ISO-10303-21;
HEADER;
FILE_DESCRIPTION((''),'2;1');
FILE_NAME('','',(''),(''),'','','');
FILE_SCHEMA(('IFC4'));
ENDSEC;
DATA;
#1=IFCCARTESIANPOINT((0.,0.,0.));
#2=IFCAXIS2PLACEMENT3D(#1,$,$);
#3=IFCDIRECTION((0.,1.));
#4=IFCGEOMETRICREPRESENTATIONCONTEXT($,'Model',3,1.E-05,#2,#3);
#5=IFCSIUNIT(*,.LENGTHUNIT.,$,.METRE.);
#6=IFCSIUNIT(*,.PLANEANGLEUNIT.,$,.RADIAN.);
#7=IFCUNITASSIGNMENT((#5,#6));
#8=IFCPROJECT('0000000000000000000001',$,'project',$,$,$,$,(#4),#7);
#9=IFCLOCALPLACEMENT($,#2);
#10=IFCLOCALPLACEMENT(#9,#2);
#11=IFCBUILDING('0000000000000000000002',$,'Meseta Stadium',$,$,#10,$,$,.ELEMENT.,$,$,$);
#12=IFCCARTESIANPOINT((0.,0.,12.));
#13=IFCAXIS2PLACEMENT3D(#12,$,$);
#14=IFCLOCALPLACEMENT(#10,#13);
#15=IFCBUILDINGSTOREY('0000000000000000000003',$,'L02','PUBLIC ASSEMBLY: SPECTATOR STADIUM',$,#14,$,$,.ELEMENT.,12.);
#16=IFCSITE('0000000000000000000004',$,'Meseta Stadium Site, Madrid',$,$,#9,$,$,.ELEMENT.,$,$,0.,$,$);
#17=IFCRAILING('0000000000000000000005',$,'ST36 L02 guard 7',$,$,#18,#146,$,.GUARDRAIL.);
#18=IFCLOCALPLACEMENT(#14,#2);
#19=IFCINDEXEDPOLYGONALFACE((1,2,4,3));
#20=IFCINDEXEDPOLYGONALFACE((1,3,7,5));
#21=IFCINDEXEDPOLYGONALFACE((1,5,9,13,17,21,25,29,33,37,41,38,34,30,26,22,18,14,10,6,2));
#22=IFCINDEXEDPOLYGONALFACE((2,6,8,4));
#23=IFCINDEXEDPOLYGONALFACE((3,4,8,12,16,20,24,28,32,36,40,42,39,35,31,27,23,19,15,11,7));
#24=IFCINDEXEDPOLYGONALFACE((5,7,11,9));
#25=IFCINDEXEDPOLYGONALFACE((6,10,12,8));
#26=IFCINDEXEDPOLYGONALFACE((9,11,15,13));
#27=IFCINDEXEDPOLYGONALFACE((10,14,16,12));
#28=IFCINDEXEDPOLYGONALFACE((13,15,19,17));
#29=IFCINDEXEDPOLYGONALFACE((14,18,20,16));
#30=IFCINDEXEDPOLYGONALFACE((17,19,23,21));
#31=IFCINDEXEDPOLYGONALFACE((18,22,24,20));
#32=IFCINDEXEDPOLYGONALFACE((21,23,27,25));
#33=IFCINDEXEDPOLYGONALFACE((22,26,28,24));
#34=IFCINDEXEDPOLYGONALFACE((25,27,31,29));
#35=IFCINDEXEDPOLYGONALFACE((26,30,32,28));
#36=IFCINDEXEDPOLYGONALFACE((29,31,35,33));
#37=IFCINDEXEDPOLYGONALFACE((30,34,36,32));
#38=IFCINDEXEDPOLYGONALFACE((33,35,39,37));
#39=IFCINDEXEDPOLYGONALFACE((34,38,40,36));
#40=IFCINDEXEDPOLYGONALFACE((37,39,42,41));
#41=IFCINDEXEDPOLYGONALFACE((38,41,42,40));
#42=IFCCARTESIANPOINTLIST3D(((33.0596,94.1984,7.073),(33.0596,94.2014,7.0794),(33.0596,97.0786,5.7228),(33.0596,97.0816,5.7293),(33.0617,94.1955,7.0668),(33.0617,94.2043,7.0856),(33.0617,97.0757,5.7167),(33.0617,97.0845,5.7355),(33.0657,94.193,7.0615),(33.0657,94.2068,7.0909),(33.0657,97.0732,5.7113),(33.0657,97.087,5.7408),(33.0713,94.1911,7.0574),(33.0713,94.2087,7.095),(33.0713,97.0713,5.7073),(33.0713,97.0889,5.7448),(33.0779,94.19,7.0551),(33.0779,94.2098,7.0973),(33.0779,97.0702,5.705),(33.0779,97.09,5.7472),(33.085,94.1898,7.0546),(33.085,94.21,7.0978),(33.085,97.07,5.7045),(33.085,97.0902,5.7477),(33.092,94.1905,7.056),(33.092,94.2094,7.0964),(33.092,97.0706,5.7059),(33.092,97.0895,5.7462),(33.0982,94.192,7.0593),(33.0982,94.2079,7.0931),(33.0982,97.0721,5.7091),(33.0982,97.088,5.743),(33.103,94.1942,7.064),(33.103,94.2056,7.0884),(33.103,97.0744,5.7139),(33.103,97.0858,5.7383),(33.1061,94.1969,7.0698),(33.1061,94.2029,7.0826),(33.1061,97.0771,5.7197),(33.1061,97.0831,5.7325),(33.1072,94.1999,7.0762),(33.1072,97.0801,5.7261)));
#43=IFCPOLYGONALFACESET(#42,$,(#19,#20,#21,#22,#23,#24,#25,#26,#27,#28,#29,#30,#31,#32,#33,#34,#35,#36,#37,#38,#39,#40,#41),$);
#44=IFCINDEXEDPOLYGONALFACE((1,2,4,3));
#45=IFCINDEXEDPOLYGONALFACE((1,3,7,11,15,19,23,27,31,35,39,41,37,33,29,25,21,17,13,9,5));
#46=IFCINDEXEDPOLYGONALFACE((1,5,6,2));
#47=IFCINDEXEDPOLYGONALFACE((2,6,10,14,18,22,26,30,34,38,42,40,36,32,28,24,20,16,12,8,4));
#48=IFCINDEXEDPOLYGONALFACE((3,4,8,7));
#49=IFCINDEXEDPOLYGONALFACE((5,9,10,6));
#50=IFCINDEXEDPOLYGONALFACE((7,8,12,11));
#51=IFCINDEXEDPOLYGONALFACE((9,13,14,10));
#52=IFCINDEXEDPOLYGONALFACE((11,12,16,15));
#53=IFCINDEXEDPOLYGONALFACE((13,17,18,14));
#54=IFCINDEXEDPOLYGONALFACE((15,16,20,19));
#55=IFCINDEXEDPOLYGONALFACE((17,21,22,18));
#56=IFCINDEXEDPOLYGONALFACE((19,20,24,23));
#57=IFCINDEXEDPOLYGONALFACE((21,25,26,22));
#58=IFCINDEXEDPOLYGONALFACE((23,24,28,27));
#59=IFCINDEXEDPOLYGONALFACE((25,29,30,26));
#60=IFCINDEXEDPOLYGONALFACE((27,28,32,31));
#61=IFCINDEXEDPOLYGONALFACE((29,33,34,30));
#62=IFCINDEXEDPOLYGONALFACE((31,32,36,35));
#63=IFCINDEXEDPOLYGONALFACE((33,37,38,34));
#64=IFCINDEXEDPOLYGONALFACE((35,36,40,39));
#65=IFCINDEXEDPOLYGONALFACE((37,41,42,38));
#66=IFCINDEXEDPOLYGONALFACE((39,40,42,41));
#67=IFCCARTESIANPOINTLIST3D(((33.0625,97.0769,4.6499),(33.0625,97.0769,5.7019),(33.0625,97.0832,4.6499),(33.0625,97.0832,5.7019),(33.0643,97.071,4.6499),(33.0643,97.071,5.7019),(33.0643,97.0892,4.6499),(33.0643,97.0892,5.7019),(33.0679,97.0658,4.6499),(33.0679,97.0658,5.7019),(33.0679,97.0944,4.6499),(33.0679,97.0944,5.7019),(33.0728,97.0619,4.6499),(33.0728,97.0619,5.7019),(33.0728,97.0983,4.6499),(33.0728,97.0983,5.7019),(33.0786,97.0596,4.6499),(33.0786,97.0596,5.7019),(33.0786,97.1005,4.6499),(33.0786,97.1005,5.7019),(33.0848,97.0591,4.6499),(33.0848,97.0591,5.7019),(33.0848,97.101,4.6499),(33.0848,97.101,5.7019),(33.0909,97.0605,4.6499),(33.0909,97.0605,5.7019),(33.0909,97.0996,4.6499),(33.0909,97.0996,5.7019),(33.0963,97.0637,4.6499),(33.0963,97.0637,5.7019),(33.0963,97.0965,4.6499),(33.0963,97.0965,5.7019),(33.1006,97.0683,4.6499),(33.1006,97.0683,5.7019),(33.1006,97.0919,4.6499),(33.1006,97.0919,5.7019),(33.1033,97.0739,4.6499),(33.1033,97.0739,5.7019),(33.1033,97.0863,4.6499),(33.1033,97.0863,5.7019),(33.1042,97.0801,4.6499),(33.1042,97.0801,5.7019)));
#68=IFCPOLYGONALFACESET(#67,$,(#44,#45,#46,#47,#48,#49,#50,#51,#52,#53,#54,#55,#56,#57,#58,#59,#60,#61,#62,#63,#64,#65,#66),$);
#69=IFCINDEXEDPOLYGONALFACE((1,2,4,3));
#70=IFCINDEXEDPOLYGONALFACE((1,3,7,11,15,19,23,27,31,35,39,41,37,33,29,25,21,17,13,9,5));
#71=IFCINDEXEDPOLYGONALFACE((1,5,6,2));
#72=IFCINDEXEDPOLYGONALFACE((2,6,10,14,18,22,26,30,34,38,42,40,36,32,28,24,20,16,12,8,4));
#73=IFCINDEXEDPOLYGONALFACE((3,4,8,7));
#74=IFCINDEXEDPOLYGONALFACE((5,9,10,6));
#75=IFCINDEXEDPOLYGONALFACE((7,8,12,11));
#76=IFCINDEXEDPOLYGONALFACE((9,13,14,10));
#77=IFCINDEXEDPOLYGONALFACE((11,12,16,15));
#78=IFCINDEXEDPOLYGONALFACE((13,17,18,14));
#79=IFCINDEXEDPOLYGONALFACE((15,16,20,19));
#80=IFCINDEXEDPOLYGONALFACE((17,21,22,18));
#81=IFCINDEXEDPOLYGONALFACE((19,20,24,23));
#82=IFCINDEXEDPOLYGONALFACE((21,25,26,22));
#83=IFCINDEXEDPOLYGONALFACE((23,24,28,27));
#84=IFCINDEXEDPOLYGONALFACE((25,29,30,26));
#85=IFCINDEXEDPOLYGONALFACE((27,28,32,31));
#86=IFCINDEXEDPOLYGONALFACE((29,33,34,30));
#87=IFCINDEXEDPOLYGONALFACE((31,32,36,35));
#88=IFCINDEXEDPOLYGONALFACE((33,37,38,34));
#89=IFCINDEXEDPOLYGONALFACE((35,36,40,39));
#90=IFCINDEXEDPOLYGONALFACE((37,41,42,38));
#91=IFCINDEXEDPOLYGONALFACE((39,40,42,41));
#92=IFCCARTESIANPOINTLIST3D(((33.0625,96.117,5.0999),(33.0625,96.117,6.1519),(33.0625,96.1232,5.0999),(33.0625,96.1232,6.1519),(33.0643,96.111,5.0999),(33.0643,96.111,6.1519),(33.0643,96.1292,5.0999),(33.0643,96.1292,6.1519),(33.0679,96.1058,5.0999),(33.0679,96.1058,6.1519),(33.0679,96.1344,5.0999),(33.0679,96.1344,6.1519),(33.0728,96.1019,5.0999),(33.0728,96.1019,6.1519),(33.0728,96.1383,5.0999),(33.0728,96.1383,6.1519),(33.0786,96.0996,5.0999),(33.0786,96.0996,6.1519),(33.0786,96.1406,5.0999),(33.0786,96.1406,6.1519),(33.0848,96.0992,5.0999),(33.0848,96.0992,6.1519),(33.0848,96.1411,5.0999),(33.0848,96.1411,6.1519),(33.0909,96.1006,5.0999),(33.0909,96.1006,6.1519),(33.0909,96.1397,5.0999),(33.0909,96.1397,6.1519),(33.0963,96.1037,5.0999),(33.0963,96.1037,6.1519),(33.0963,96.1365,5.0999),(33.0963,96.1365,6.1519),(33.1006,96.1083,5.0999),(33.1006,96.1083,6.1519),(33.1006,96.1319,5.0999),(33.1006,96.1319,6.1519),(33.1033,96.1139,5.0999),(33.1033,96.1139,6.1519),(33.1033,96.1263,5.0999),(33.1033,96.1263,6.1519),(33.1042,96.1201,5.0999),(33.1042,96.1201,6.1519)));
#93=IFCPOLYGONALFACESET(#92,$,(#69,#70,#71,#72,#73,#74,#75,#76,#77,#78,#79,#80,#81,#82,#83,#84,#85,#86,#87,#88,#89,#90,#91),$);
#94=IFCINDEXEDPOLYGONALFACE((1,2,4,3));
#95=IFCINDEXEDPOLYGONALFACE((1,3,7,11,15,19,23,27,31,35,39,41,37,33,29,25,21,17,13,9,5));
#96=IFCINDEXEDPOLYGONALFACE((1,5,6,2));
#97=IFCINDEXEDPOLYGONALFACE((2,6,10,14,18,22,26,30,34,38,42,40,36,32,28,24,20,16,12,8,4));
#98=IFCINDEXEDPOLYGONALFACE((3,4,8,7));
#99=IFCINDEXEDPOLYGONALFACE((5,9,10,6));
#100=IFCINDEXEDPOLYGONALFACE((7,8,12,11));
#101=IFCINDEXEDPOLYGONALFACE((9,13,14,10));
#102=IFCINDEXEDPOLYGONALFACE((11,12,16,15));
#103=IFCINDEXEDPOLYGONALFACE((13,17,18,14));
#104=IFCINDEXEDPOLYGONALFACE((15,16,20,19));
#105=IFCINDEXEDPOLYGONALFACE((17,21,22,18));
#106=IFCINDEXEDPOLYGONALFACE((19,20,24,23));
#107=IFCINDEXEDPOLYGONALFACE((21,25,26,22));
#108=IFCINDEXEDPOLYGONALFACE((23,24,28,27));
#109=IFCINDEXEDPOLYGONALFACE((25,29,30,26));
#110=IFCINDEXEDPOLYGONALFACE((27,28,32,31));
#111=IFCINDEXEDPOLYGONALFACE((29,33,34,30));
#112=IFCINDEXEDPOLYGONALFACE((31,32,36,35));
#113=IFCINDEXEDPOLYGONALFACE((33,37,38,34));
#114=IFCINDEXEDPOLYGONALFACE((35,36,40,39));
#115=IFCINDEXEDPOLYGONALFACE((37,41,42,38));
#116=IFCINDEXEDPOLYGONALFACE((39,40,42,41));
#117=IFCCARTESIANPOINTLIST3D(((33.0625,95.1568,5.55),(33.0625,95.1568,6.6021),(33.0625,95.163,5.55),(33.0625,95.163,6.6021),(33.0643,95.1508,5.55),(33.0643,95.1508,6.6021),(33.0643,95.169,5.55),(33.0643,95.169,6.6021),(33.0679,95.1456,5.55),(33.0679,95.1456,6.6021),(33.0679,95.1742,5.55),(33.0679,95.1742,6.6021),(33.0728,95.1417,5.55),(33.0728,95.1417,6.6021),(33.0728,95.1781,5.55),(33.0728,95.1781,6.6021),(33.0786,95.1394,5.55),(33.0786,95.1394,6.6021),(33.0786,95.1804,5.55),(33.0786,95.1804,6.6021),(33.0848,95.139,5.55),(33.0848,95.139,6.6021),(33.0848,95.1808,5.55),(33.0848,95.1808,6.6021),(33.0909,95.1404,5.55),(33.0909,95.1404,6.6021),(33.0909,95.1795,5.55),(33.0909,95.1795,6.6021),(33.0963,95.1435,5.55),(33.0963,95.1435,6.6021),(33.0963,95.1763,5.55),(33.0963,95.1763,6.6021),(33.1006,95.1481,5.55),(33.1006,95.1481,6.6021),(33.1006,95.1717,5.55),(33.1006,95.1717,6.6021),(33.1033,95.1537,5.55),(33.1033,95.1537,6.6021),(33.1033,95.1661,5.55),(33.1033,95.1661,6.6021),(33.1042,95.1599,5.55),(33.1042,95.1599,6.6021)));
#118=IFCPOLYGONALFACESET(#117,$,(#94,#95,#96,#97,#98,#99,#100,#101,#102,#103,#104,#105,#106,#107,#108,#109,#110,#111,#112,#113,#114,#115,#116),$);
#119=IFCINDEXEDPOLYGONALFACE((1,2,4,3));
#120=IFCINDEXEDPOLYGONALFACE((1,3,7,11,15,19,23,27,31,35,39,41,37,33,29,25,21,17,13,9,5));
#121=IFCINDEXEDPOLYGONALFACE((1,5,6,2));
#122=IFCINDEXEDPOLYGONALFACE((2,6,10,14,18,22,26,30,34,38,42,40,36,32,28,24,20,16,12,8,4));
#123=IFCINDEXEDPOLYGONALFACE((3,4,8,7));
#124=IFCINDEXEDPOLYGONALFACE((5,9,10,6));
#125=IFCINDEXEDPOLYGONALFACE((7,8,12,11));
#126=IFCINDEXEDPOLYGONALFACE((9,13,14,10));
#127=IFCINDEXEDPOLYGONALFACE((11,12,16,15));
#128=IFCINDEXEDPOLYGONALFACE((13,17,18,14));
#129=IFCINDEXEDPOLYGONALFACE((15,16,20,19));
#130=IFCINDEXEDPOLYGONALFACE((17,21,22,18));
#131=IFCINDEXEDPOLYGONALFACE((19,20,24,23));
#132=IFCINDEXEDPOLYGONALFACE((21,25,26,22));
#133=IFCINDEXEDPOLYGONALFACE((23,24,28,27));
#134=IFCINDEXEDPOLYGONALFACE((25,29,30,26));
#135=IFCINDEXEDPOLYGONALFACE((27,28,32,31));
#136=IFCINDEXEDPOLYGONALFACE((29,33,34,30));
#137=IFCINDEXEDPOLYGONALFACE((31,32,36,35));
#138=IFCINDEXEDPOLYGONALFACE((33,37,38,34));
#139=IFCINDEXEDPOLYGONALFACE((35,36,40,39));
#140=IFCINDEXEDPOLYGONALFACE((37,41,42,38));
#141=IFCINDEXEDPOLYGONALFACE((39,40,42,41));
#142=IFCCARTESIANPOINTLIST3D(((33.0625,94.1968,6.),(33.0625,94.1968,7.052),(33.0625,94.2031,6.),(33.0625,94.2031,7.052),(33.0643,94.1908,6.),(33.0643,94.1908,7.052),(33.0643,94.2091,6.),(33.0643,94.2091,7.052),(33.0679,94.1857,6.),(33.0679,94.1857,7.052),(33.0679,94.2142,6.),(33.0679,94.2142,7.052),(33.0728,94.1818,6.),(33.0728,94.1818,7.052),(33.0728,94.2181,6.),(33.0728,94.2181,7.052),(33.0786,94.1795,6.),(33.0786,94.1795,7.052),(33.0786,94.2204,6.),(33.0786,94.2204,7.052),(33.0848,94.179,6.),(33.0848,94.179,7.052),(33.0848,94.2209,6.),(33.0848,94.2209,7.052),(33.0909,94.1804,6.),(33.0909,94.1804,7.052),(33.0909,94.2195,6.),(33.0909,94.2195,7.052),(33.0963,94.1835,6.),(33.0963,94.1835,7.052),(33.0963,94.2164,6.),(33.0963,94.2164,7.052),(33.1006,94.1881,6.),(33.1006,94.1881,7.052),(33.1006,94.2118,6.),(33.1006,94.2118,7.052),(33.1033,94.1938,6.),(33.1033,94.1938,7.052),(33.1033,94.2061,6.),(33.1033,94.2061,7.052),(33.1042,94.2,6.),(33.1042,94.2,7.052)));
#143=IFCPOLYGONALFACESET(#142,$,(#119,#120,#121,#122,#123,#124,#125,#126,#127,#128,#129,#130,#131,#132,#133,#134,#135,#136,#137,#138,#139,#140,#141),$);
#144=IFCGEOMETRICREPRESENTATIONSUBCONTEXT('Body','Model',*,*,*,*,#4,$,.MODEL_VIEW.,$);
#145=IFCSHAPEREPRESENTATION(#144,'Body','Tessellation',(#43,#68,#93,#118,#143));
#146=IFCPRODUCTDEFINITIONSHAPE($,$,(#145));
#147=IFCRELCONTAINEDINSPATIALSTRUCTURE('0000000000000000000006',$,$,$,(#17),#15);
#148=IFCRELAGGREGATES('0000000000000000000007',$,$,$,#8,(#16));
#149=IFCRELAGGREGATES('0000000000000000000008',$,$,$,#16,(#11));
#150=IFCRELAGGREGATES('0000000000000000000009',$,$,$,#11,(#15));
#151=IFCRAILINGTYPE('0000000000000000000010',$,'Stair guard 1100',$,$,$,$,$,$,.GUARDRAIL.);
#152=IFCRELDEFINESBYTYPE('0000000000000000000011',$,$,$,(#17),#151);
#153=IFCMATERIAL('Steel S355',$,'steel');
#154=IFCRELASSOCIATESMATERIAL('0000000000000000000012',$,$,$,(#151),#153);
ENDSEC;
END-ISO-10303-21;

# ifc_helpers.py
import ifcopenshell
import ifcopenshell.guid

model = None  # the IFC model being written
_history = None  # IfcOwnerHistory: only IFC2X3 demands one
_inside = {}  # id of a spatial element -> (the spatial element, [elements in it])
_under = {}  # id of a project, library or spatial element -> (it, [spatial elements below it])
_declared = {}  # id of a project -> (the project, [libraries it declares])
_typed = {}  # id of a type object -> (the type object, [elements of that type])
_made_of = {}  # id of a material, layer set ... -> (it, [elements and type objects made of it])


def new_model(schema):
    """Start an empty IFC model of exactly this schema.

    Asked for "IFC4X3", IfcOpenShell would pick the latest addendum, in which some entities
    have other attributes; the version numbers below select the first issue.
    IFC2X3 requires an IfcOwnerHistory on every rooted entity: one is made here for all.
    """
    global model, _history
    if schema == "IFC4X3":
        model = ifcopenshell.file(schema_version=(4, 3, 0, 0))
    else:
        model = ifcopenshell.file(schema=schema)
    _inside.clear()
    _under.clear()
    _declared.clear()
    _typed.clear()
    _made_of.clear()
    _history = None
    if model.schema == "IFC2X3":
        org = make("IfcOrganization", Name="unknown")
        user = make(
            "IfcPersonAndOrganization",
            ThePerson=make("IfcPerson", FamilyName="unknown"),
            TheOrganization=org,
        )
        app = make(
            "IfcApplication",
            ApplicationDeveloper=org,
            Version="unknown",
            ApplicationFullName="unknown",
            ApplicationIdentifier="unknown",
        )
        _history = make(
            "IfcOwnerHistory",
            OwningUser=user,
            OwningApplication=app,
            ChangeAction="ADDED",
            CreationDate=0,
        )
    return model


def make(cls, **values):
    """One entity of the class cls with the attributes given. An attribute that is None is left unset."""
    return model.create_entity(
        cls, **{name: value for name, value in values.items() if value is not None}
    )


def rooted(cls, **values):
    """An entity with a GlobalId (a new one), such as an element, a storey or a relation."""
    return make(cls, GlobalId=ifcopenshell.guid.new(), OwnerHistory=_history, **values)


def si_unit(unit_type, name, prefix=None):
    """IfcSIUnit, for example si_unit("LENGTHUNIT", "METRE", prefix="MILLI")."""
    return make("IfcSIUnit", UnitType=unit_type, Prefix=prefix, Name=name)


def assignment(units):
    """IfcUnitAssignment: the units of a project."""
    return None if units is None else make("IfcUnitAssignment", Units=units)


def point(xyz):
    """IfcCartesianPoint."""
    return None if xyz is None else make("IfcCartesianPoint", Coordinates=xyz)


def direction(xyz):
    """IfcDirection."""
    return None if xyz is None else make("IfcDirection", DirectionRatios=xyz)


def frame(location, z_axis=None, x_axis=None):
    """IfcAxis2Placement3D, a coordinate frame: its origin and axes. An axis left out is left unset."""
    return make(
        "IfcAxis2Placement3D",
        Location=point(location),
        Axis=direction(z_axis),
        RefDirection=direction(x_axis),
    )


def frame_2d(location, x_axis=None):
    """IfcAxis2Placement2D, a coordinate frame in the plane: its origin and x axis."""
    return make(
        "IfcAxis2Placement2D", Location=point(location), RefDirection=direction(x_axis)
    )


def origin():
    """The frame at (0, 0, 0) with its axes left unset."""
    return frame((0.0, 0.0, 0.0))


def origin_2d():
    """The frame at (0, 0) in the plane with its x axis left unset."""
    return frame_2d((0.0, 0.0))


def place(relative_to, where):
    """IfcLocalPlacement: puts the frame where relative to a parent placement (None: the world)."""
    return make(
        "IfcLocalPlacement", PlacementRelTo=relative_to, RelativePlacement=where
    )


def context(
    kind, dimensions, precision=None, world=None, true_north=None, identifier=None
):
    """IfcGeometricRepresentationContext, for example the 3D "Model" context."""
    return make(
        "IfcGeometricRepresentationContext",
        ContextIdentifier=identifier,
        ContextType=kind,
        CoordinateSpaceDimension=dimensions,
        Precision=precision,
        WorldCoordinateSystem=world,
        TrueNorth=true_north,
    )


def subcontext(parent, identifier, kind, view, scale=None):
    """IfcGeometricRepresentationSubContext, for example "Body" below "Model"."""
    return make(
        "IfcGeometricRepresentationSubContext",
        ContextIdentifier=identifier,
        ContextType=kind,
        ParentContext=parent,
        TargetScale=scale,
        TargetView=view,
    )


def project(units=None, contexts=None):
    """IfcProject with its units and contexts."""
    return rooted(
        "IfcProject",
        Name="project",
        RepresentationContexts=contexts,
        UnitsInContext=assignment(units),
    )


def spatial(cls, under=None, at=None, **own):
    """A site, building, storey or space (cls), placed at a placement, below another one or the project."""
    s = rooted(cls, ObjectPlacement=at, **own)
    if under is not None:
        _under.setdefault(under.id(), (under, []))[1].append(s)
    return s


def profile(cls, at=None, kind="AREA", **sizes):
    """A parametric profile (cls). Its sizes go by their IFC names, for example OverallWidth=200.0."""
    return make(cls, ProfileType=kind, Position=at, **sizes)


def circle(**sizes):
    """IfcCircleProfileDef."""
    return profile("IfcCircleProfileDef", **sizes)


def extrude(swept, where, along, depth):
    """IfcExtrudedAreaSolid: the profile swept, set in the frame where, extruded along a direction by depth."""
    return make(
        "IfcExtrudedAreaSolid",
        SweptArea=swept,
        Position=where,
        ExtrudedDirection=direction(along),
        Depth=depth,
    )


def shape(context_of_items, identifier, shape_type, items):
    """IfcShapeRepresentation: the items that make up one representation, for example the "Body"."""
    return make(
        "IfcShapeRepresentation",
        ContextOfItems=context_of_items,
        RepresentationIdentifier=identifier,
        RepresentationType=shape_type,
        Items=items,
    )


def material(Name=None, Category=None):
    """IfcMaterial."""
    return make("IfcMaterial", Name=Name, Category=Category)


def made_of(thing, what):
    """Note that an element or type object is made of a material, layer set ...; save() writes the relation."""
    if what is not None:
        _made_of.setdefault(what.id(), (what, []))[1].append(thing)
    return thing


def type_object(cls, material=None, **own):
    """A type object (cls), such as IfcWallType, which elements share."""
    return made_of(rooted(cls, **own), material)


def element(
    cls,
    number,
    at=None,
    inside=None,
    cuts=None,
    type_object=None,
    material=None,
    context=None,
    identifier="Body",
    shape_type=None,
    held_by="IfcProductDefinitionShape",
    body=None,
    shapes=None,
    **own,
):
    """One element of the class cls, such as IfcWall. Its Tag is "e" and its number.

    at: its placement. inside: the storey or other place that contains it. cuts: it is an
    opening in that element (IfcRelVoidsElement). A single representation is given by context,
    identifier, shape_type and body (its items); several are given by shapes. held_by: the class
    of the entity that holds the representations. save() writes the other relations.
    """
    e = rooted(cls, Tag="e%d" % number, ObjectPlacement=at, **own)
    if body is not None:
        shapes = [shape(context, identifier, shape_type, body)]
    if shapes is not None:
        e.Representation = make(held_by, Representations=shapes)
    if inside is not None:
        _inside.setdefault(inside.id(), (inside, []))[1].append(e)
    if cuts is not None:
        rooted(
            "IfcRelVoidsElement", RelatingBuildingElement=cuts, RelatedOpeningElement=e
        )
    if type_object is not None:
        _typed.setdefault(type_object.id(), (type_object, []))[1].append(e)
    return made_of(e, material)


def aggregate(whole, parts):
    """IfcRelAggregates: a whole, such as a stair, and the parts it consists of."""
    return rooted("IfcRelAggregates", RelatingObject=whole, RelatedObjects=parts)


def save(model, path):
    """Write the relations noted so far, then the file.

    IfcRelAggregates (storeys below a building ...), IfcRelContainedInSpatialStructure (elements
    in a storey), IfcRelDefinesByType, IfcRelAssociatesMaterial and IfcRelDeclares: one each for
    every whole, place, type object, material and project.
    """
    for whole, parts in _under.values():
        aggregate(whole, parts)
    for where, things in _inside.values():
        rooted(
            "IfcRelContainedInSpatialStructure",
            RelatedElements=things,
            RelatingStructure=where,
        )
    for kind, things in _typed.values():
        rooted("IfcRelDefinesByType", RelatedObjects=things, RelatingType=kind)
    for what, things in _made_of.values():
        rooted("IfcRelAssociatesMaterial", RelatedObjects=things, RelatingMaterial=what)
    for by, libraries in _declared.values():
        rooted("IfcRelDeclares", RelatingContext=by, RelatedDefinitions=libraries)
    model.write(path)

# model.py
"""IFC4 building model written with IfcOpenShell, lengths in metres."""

from ifc_helpers import new_model, si_unit, direction, frame, origin, origin_2d, place, context, subcontext, project, spatial, circle, extrude, material, type_object, element, save


model = new_model("IFC4")

# Units and contexts
model_context = context("Model", 3, precision=1e-05, world=origin(), true_north=direction((0.0, 1.0)))
body_context = subcontext(model_context, "Body", "Model", "MODEL_VIEW")
ifc_project = project(units=[si_unit("LENGTHUNIT", "METRE"), si_unit("PLANEANGLEUNIT", "RADIAN")], contexts=[model_context])

# Site, building, storey
site_placement = place(None, origin())
site = spatial("IfcSite", under=ifc_project, at=site_placement, Name="Meseta Stadium Site, Madrid", CompositionType="ELEMENT", RefElevation=0.0)
building_placement = place(site_placement, origin())
building = spatial("IfcBuilding", under=site, at=building_placement, Name="Meseta Stadium", CompositionType="ELEMENT")
storey_placement = place(building_placement, frame((0.0, 0.0, 12.0)))
storey = spatial("IfcBuildingStorey", under=building, at=storey_placement, Name="L02", Description="PUBLIC ASSEMBLY: SPECTATOR STADIUM", CompositionType="ELEMENT", Elevation=12.0)

# Railing
ifc_material_1 = material(Name="Steel S355", Category="steel")
railing_type_1 = type_object("IfcRailingType", Name="Stair guard 1100", PredefinedType="GUARDRAIL", material=ifc_material_1)
railing_1_placement = place(storey_placement, frame((33.0833, 97.0801, 4.6499)))
element("IfcRailing", 1, at=railing_1_placement, inside=storey, type_object=railing_type_1, Name="ST36 L02 guard 7", PredefinedType="GUARDRAIL", context=body_context, shape_type="SweptSolid", body=[
    extrude(circle(Radius=0.0239, at=origin_2d()), frame((0.0, 0.0, 1.0762), z_axis=(0.0, -0.905454, 0.424444), x_axis=(1.0, 0.0, 0.0)), (0.0, 0.0, 1.0), 3.1809),
    extrude(circle(Radius=0.021, at=origin_2d()), origin(), (0.0, 0.0, 1.0), 1.052),
    extrude(circle(Radius=0.021, at=origin_2d()), frame((0.0, -0.96, 0.45)), (0.0, 0.0, 1.0), 1.052),
    extrude(circle(Radius=0.021, at=origin_2d()), frame((0.0, -1.9202, 0.9001)), (0.0, 0.0, 1.0), 1.052),
    extrude(circle(Radius=0.021, at=origin_2d()), frame((0.0, -2.8801, 1.3501)), (0.0, 0.0, 1.0), 1.052),
])

save(model, "model.ifc")
